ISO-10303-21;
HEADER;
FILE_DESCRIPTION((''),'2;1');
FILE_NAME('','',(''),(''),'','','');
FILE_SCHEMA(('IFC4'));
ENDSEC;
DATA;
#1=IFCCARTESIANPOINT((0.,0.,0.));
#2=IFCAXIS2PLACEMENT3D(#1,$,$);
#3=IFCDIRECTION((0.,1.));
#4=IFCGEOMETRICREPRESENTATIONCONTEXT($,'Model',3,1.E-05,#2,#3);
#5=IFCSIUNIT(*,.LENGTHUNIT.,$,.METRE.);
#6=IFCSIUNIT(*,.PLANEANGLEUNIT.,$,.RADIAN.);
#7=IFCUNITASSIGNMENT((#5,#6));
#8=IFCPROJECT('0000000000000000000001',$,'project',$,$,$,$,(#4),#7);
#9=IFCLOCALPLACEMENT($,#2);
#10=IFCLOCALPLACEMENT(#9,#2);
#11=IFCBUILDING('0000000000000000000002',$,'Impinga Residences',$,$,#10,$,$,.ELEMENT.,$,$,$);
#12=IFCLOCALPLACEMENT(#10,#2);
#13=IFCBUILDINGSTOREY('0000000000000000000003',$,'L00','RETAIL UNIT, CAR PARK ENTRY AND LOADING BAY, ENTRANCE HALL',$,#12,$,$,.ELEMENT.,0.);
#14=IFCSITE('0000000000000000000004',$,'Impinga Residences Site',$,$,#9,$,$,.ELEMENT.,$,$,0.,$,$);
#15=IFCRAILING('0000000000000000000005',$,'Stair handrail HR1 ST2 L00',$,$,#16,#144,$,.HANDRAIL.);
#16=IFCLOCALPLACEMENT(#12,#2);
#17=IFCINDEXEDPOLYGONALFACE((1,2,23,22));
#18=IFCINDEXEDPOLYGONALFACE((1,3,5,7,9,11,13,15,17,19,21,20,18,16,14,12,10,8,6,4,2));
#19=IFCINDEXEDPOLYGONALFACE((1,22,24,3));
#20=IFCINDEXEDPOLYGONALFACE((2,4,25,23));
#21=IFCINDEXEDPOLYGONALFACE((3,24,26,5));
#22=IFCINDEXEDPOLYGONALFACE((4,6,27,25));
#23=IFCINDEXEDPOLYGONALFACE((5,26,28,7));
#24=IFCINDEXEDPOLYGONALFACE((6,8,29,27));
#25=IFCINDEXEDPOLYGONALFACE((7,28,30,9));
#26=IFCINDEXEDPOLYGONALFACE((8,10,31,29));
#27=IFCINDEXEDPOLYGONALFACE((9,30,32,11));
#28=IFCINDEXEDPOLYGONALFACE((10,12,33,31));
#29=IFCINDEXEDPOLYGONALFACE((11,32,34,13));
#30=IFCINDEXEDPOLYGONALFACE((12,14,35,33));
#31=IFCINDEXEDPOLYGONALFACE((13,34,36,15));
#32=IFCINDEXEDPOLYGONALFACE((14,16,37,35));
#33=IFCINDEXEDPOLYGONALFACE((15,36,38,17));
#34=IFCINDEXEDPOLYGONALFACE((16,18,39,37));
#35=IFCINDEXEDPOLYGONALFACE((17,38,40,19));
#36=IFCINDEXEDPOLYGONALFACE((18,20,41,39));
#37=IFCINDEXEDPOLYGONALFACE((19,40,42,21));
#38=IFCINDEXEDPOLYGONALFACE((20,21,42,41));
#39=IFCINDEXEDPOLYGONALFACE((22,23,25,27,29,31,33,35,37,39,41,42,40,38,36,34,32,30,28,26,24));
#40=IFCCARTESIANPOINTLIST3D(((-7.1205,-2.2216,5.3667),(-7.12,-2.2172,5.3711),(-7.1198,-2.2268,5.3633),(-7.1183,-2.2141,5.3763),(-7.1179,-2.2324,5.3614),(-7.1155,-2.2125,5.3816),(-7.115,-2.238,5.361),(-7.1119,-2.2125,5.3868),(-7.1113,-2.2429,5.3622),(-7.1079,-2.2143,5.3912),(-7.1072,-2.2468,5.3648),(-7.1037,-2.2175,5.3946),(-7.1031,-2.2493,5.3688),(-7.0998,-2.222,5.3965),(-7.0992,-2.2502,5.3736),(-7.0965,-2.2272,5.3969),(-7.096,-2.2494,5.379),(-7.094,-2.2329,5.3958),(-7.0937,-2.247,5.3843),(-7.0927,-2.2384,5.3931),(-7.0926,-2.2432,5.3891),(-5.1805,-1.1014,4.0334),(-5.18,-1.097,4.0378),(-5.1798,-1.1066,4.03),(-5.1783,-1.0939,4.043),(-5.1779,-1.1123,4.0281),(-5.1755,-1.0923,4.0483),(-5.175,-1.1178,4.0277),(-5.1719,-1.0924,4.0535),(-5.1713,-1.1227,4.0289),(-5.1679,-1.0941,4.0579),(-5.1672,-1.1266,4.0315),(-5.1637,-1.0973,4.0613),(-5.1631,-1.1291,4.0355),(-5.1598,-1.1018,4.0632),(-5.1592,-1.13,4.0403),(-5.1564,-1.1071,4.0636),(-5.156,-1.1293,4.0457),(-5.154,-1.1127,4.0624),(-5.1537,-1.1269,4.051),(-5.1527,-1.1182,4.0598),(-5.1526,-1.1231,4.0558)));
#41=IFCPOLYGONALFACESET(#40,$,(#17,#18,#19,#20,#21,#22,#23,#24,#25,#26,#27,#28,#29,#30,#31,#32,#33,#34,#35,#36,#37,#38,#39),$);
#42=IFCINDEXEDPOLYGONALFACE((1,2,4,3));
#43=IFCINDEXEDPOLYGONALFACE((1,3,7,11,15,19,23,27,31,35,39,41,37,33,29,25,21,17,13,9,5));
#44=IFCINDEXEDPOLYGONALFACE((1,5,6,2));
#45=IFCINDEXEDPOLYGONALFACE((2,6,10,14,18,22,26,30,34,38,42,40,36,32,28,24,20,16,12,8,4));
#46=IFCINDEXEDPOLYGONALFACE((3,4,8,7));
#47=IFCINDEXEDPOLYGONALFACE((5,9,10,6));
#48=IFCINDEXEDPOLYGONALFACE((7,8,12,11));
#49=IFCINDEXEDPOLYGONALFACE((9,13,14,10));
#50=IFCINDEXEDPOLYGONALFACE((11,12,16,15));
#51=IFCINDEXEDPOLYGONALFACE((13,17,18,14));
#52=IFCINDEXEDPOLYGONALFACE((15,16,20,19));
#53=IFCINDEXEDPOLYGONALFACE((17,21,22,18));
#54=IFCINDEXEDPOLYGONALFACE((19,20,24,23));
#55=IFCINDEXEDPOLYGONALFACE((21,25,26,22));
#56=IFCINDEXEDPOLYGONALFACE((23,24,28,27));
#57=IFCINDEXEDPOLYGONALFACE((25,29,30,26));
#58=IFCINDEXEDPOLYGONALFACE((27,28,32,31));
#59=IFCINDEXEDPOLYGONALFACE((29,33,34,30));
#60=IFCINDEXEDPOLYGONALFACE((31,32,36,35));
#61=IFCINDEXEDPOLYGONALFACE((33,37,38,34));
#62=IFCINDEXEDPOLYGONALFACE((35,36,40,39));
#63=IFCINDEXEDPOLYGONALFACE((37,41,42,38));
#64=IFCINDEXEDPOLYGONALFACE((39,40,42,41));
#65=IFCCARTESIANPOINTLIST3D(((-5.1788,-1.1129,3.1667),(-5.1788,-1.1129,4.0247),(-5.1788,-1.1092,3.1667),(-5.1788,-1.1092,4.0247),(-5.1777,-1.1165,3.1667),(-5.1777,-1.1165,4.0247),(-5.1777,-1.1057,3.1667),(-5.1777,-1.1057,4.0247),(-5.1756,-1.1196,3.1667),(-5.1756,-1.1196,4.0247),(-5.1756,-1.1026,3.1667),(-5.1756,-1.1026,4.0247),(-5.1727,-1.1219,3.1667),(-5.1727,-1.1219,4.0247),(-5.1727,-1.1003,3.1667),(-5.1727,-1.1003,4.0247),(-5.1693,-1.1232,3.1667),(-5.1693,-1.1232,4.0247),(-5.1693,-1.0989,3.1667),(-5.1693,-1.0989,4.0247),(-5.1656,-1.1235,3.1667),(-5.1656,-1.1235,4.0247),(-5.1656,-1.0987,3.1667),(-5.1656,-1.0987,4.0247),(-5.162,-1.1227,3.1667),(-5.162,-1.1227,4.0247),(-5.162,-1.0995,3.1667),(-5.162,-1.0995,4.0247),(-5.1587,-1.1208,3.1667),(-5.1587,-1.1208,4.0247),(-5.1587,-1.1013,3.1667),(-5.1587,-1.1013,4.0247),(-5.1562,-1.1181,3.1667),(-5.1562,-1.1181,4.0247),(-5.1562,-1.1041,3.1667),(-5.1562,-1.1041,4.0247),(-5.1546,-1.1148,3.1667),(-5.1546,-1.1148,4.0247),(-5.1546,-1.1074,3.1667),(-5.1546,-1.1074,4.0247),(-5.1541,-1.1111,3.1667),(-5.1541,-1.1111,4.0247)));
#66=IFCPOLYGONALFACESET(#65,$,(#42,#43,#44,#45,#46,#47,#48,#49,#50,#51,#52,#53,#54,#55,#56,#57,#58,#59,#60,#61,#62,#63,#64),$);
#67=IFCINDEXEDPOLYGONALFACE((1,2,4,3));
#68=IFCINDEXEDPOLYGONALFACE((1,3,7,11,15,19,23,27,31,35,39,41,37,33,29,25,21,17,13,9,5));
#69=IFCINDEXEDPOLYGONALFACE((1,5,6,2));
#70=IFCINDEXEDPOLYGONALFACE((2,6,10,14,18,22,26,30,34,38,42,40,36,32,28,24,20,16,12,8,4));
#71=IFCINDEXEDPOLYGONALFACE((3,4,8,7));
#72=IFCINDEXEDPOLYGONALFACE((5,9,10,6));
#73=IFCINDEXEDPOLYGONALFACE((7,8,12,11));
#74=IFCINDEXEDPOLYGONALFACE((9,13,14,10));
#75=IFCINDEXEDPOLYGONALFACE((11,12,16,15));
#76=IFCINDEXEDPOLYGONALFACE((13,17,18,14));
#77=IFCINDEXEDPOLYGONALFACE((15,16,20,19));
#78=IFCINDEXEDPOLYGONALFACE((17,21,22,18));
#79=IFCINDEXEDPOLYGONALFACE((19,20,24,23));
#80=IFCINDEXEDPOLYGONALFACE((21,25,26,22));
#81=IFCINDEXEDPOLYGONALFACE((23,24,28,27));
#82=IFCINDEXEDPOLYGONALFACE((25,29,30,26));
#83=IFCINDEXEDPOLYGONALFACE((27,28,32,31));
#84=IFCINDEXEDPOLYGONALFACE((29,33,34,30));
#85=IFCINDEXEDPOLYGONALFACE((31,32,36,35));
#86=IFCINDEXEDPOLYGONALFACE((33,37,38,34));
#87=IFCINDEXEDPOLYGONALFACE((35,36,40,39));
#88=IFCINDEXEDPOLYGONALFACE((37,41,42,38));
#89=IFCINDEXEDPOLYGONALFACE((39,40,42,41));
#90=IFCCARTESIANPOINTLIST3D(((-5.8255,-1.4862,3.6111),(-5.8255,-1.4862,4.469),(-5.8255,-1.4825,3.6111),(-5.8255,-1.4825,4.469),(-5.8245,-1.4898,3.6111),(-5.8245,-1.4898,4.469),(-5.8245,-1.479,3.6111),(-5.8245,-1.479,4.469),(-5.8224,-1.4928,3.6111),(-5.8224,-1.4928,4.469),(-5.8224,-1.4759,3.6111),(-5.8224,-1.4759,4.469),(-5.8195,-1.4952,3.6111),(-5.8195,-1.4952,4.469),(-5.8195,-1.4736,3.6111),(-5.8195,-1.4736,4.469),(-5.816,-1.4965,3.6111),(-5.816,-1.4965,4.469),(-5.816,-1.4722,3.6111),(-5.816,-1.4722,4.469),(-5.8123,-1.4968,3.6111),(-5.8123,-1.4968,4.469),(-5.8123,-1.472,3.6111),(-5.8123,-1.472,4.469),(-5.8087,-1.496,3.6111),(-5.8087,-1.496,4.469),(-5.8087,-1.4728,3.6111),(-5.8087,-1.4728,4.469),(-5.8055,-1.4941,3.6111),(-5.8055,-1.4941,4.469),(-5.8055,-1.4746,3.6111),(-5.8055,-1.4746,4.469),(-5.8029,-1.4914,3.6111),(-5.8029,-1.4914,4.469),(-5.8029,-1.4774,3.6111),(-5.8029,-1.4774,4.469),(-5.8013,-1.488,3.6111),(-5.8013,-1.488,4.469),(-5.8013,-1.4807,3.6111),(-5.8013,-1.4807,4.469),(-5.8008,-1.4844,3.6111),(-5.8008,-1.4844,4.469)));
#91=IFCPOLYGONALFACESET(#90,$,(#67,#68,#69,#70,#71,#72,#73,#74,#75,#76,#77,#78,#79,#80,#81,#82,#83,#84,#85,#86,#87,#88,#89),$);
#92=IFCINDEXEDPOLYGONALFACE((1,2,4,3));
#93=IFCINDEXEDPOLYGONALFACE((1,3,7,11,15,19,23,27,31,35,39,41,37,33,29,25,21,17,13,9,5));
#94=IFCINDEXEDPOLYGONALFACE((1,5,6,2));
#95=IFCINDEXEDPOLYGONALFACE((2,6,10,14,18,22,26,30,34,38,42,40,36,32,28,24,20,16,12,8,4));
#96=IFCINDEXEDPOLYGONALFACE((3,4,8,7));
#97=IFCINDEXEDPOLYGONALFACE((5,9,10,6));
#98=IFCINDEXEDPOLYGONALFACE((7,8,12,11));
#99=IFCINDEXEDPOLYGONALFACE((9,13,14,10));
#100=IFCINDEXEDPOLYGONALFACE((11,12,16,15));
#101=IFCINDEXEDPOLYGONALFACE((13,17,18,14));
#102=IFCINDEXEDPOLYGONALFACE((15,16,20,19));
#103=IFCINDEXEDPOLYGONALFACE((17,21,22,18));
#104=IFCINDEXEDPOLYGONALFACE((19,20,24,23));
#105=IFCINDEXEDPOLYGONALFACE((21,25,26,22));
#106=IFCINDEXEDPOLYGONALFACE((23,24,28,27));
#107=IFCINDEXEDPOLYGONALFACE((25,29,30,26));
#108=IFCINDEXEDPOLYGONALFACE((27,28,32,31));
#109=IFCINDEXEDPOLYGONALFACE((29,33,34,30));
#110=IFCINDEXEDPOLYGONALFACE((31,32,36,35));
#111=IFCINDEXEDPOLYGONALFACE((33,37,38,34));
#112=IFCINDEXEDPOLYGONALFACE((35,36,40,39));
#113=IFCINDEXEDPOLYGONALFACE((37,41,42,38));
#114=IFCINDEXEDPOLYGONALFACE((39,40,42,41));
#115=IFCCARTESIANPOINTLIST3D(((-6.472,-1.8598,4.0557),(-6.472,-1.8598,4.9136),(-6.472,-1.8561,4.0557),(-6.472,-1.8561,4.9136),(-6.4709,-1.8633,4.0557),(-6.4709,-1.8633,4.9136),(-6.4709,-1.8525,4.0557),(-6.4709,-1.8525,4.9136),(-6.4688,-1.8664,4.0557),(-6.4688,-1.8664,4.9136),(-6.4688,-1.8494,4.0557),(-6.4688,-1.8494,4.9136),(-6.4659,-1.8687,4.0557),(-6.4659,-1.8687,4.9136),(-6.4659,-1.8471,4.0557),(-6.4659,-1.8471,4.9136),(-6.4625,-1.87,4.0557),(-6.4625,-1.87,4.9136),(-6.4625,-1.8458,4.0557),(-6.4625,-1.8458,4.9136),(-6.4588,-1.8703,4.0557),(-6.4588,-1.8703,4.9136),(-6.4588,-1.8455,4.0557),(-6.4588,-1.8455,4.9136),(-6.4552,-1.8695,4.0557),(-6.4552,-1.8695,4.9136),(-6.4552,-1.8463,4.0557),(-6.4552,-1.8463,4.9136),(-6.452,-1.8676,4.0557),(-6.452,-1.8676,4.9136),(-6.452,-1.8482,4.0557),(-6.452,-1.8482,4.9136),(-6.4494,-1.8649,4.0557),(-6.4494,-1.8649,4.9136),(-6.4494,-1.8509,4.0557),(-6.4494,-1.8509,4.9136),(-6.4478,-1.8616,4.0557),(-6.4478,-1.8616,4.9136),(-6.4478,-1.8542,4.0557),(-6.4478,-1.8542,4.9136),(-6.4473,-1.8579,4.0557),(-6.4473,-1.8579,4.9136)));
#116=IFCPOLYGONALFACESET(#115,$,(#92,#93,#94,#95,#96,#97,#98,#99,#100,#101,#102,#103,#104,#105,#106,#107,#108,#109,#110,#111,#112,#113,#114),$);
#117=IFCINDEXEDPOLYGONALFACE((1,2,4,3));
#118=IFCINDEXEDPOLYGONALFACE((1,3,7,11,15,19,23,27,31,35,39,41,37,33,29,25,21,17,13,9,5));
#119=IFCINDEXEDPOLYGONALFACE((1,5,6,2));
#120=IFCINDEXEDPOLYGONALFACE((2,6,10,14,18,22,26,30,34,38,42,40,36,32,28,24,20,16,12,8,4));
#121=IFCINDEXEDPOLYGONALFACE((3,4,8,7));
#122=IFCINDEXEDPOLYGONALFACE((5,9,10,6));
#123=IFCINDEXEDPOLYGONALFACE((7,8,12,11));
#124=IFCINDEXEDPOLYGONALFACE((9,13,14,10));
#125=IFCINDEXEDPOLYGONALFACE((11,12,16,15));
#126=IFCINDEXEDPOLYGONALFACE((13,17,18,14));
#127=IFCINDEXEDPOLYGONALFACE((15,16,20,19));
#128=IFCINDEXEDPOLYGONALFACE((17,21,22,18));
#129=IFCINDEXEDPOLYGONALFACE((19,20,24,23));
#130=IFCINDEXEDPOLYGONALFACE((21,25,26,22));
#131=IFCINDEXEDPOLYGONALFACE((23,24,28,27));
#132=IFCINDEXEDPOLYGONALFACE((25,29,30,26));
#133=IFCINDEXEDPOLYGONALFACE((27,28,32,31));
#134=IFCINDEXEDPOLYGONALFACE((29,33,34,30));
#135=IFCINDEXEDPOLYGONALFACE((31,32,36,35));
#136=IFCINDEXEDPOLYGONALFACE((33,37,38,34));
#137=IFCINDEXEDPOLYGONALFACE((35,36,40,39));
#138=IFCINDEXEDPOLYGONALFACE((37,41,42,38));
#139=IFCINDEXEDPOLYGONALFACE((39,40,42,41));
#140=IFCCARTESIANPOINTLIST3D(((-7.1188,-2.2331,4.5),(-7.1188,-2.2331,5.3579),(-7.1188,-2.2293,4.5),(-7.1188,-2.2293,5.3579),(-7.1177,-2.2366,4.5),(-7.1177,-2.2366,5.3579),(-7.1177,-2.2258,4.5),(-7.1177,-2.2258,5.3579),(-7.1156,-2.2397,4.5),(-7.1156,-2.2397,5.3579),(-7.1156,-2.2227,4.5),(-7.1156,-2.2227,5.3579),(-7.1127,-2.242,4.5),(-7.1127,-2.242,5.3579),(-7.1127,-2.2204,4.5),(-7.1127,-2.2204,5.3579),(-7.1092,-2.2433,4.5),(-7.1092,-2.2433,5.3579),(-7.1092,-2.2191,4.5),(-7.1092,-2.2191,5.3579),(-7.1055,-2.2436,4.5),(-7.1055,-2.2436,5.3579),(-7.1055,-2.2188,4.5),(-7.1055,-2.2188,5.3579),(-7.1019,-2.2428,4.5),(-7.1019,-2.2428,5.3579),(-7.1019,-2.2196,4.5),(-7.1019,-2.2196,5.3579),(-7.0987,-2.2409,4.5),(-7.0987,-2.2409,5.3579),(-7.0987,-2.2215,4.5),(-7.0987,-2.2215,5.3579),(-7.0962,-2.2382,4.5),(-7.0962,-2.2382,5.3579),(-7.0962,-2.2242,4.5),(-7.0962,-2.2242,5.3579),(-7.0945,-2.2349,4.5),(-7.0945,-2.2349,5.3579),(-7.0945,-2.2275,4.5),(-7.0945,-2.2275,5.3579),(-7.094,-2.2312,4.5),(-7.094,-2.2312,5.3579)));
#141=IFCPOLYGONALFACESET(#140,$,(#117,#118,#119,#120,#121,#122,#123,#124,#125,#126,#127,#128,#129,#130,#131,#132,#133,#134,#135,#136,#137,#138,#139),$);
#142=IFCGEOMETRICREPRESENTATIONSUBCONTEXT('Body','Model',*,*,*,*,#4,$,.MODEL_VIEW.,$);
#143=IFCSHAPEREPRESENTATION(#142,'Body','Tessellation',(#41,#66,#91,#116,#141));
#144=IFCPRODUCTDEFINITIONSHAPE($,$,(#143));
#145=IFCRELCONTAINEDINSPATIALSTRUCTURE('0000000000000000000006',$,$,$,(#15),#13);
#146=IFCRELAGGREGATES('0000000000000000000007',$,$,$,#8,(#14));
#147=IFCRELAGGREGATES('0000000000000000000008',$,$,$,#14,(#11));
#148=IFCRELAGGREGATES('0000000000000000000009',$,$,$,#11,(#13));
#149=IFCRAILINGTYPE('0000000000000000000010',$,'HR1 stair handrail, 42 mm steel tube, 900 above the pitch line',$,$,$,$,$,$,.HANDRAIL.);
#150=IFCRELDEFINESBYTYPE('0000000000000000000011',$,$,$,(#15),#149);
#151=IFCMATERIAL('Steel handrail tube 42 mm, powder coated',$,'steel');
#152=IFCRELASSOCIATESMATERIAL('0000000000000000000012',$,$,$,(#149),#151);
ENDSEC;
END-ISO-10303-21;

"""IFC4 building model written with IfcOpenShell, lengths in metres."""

from ifc_helpers import new_model, si_unit, direction, frame, origin, origin_2d, place, context, subcontext, project, spatial, circle, extrude, material, type_object, element, save


model = new_model("IFC4")

# Units and contexts
model_context = context("Model", 3, precision=1e-05, world=origin(), true_north=direction((0.0, 1.0)))
body_context = subcontext(model_context, "Body", "Model", "MODEL_VIEW")
ifc_project = project(units=[si_unit("LENGTHUNIT", "METRE"), si_unit("PLANEANGLEUNIT", "RADIAN")], contexts=[model_context])

# Site, building, storey
site_placement = place(None, origin())
site = spatial("IfcSite", under=ifc_project, at=site_placement, Name="Impinga Residences Site", CompositionType="ELEMENT", RefElevation=0.0)
building_placement = place(site_placement, origin())
building = spatial("IfcBuilding", under=site, at=building_placement, Name="Impinga Residences", CompositionType="ELEMENT")
storey_placement = place(building_placement, origin())
storey = spatial("IfcBuildingStorey", under=building, at=storey_placement, Name="L00", Description="RETAIL UNIT, CAR PARK ENTRY AND LOADING BAY, ENTRANCE HALL", CompositionType="ELEMENT", Elevation=0.0)

# Railing
ifc_material_1 = material(Name="Steel handrail tube 42 mm, powder coated", Category="steel")
railing_type_1 = type_object("IfcRailingType", Name="HR1 stair handrail, 42 mm steel tube, 900 above the pitch line", PredefinedType="HANDRAIL", material=ifc_material_1)
for number, where, name in (
    (1, (-5.1665, -1.1111, 3.1667), "Stair handrail HR1 ST2 L00"),
):
    element("IfcRailing", number, at=place(storey_placement, frame(where)), inside=storey, type_object=railing_type_1, Name=name, PredefinedType="HANDRAIL", context=body_context, shape_type="SweptSolid", body=[
        extrude(circle(Radius=0.021, at=origin_2d()), frame((0.0, 0.0, 0.8789), z_axis=(-0.744175, -0.429684, 0.511444), x_axis=(0.500031, -0.866008, 0.0)), (0.0, 0.0, 1.0), 2.6069),
        extrude(circle(Radius=0.0125, at=origin_2d()), origin(), (0.0, 0.0, 1.0), 0.8579),
        extrude(circle(Radius=0.0125, at=origin_2d()), frame((-0.6467, -0.3733, 0.4443)), (0.0, 0.0, 1.0), 0.8579),
        extrude(circle(Radius=0.0125, at=origin_2d()), frame((-1.2932, -0.7468, 0.8889)), (0.0, 0.0, 1.0), 0.8579),
        extrude(circle(Radius=0.0125, at=origin_2d()), frame((-1.9399, -1.1201, 1.3333)), (0.0, 0.0, 1.0), 0.8579),
    ])

save(model, "model.ifc")
